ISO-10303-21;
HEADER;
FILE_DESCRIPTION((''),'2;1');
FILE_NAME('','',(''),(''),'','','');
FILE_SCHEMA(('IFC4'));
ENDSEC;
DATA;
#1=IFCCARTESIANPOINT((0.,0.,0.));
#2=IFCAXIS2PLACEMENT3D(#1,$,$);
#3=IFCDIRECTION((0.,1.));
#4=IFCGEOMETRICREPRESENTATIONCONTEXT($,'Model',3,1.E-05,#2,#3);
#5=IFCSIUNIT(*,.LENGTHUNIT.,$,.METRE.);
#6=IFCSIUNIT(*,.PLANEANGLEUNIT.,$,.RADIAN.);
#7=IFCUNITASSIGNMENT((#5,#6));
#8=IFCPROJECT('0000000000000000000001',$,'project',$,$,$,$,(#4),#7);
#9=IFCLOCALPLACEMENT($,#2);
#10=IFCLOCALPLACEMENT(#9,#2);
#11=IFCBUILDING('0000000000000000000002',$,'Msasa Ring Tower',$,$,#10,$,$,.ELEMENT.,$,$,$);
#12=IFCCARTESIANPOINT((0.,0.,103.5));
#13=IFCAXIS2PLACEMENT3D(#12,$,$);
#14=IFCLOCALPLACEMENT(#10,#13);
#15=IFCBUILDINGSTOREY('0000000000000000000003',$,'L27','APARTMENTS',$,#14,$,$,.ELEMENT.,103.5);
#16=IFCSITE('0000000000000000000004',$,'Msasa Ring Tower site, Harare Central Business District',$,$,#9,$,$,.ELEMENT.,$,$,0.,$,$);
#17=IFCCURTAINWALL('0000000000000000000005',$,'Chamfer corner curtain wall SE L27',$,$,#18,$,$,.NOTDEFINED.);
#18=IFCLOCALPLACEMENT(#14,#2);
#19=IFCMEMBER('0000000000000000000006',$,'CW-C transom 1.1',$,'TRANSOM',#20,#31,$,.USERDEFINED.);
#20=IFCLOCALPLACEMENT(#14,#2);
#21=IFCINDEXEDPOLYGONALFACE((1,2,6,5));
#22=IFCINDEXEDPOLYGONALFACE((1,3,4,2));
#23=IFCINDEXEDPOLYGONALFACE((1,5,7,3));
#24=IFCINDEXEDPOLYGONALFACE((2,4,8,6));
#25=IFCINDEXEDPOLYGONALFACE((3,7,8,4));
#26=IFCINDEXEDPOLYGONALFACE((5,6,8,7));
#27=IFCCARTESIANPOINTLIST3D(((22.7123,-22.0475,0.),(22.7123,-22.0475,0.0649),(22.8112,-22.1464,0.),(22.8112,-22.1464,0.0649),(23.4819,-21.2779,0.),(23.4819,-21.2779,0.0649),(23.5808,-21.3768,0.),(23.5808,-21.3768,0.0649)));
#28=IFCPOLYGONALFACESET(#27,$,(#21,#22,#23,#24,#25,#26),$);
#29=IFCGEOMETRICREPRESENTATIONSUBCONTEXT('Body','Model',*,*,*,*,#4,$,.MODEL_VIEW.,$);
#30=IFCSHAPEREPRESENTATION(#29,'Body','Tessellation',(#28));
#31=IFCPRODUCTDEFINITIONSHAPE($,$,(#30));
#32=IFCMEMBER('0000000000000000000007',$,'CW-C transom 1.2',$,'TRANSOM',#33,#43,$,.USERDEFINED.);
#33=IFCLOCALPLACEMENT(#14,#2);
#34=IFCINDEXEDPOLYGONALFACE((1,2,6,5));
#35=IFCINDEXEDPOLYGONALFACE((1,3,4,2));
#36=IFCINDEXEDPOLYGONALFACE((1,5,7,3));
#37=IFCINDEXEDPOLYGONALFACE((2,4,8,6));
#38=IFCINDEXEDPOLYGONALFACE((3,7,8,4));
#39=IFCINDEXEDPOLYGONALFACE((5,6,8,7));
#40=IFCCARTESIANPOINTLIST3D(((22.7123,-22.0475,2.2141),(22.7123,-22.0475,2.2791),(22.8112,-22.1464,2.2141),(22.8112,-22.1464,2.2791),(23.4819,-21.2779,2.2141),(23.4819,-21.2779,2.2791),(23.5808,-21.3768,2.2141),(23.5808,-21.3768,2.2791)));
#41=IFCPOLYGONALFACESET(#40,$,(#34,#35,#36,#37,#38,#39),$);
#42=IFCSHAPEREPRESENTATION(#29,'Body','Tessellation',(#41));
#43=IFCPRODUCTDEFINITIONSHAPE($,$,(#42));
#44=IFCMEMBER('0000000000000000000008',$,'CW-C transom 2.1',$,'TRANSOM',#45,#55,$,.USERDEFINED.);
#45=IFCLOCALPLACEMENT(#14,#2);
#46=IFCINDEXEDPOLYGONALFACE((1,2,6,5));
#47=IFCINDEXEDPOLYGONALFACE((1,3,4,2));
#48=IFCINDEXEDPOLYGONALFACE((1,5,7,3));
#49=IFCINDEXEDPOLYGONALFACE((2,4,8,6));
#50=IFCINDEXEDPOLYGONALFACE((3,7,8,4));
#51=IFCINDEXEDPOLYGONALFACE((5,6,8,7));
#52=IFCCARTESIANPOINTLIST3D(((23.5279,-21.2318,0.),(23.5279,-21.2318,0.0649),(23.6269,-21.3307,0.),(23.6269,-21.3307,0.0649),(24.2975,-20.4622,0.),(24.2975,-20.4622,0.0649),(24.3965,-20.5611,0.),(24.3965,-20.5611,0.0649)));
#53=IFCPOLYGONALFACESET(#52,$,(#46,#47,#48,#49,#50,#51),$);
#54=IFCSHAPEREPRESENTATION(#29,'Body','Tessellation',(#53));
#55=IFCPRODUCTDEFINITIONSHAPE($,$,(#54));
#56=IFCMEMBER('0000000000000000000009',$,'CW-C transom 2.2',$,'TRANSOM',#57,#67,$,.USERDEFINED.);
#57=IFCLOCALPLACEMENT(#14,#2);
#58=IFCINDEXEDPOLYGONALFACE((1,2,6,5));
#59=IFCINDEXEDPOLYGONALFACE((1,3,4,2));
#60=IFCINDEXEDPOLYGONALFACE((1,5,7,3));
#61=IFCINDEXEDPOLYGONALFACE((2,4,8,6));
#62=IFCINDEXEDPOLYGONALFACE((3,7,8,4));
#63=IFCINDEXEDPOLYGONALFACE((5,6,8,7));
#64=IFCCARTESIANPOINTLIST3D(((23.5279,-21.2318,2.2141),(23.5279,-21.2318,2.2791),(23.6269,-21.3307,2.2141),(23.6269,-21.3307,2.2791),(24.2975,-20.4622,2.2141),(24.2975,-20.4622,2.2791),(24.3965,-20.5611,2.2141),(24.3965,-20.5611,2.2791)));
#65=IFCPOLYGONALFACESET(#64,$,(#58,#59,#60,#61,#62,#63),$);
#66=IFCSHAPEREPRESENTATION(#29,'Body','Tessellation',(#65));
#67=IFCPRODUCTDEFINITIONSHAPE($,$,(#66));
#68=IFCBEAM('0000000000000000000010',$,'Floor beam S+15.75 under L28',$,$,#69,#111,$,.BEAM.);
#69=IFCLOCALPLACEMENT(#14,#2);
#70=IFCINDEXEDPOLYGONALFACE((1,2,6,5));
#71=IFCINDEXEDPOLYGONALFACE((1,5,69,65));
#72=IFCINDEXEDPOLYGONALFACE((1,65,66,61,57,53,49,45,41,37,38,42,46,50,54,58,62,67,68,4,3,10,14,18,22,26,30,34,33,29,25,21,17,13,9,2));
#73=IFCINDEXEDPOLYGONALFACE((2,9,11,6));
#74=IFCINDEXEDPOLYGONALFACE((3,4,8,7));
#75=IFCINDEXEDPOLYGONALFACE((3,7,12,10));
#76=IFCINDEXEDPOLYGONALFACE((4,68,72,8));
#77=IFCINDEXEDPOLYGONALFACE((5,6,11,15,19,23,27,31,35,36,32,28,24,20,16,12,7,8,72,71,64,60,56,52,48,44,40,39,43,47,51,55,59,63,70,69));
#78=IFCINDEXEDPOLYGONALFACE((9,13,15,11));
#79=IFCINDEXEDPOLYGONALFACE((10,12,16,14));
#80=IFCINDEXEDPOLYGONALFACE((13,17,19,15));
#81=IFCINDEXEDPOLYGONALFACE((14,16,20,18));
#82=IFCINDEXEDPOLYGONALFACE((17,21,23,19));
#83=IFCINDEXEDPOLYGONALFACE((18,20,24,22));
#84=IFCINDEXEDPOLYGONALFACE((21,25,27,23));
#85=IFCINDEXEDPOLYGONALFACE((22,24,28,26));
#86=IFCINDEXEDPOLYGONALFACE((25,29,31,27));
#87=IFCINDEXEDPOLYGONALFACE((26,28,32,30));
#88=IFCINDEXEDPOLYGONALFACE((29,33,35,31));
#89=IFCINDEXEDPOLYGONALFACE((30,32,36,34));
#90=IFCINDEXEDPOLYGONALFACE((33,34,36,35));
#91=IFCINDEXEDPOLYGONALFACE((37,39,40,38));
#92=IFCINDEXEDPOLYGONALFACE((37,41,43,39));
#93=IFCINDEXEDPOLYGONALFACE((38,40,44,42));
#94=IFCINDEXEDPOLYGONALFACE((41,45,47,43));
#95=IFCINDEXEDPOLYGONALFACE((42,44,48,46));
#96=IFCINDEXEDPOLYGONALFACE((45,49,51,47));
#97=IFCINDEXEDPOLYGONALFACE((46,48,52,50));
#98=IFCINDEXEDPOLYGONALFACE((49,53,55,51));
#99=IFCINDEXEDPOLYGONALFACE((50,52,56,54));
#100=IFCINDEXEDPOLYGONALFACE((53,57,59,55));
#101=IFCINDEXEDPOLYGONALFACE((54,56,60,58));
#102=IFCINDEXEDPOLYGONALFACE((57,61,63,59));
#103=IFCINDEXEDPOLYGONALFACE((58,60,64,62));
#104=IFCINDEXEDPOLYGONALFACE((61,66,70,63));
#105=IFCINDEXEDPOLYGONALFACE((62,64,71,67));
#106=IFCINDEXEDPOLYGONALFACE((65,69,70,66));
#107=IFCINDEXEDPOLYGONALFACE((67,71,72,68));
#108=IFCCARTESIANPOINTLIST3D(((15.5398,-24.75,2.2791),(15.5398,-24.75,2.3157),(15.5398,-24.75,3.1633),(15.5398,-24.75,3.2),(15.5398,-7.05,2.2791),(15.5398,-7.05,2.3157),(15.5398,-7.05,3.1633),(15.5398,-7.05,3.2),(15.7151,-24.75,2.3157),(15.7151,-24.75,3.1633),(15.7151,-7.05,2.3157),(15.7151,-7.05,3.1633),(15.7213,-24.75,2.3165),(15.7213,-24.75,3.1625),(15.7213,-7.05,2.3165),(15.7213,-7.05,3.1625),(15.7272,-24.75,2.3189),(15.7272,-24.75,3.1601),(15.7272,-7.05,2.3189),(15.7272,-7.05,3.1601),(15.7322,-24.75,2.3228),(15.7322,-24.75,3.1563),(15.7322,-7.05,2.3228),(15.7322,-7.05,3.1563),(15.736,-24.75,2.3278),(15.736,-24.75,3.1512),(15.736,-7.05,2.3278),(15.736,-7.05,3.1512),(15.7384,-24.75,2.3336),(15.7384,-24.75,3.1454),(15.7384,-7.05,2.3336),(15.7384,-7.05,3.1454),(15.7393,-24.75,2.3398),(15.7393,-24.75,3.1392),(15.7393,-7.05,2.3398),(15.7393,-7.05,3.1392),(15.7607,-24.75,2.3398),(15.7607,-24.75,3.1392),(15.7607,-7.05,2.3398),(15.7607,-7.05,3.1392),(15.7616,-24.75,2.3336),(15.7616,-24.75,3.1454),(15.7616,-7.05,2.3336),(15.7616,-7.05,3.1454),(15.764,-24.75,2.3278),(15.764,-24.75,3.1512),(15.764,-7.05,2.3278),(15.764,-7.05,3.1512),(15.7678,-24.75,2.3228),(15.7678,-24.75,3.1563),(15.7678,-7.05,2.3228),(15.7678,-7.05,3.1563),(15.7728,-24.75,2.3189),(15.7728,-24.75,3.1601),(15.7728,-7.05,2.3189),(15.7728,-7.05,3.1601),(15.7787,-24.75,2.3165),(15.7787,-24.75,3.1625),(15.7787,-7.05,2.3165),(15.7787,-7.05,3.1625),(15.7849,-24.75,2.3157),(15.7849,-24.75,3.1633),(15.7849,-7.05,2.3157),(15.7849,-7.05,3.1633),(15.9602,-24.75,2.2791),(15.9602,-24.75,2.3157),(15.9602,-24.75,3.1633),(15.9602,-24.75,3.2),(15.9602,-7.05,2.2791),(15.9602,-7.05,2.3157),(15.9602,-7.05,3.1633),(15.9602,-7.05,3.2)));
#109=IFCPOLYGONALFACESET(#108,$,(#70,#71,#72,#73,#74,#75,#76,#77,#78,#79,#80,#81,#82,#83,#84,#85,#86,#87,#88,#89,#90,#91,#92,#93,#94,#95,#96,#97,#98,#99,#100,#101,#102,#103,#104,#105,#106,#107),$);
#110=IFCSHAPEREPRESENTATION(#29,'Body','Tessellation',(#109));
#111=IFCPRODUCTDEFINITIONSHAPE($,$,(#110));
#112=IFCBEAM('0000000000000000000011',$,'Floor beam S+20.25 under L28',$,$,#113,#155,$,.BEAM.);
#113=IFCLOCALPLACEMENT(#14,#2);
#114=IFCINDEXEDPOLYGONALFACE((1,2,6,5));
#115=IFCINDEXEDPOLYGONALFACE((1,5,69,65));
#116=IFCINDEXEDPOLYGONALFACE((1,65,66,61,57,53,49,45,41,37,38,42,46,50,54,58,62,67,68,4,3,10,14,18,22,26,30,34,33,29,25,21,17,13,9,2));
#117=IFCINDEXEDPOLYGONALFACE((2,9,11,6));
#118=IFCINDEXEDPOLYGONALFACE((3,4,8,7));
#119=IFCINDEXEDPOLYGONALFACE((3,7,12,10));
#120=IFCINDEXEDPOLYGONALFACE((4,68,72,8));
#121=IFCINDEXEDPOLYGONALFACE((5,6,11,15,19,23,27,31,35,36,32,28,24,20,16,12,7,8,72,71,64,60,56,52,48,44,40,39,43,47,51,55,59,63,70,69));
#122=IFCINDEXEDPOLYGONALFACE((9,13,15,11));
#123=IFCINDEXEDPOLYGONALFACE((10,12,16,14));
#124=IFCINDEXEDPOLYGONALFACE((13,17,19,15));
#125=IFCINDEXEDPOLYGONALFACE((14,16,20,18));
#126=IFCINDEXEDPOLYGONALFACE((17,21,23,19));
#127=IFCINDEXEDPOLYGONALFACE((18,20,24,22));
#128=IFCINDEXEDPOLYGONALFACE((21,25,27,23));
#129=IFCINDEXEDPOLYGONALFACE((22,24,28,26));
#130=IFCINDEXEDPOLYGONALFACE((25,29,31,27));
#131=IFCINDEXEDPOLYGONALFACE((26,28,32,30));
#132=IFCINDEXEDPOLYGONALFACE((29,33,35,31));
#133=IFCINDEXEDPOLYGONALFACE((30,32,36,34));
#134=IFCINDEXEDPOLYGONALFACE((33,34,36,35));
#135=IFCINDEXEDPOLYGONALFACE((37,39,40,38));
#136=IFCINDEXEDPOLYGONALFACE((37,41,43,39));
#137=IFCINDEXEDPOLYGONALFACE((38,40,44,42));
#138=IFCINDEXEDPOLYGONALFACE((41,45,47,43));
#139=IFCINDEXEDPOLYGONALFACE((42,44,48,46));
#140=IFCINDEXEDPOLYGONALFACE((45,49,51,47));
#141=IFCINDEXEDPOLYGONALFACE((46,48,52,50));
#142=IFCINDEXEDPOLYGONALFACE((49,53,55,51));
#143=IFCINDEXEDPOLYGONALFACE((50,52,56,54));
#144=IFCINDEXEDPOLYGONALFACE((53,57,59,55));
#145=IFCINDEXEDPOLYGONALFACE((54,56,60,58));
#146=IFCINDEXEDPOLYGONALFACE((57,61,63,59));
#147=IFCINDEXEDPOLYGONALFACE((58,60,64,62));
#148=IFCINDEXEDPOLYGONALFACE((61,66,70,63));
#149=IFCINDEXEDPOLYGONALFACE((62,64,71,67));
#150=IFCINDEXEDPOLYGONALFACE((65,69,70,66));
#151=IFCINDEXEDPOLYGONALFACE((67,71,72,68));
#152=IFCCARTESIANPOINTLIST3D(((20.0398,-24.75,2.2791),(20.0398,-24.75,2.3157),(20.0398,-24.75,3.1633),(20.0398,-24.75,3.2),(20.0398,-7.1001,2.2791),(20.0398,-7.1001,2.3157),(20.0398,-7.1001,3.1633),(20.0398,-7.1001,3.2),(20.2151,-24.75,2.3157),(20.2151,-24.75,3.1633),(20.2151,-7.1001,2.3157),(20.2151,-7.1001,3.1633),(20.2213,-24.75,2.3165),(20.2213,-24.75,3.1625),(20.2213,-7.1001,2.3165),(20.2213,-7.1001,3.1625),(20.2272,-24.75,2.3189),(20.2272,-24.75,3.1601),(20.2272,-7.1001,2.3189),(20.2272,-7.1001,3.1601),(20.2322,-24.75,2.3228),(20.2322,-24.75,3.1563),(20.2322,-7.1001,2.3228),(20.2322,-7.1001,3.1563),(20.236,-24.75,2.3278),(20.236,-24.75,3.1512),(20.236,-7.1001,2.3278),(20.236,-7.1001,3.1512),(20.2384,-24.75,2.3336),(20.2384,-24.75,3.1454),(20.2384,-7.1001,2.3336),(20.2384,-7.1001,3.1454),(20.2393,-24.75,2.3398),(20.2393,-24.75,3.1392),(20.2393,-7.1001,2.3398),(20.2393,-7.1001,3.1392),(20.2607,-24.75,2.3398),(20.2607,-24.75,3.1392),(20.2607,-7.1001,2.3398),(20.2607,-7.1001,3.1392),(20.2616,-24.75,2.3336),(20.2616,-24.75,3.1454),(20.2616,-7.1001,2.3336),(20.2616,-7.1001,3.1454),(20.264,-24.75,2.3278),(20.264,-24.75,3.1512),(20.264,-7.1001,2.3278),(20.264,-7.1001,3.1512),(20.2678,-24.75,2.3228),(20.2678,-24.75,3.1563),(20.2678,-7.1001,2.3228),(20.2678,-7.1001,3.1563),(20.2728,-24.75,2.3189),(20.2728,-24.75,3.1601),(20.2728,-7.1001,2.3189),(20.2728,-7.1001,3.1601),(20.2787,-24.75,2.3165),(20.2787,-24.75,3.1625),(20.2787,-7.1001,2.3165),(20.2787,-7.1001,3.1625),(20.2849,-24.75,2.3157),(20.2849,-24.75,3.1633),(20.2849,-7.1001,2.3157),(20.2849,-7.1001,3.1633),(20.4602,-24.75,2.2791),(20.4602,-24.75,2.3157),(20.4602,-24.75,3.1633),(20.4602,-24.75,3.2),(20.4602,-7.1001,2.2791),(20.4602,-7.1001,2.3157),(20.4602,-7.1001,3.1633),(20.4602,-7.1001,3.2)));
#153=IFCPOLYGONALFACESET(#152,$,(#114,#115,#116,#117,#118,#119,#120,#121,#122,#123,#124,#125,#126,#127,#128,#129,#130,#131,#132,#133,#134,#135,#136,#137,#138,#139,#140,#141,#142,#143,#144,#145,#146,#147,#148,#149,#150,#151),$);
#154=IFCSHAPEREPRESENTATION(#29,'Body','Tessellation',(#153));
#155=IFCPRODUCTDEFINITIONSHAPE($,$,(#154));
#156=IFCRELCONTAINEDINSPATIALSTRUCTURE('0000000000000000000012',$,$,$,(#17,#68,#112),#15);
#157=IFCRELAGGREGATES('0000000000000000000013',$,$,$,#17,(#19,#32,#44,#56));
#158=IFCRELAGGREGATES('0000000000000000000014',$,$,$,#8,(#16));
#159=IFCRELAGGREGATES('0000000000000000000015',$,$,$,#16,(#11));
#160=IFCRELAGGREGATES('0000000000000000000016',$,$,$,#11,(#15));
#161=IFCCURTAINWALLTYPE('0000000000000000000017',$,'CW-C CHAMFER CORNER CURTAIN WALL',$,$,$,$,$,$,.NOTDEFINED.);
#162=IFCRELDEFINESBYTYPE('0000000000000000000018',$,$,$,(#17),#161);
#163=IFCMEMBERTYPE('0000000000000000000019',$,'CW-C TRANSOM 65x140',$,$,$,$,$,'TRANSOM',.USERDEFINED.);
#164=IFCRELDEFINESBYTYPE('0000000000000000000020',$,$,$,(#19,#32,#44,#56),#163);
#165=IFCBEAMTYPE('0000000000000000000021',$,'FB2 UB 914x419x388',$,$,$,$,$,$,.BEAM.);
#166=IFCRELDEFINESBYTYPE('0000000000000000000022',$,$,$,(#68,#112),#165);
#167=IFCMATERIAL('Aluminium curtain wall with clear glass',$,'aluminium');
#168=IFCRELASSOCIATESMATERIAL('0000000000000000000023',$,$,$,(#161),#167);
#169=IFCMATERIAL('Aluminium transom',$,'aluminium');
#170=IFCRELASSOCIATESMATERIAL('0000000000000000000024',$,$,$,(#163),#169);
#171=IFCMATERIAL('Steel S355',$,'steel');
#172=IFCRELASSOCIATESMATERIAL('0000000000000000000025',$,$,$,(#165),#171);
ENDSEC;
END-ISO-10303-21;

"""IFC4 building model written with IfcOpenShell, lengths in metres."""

from ifc_helpers import new_model, si_unit, direction, frame, origin, origin_2d, place, context, subcontext, project, spatial, rectangle, i_section, extrude, material, material_profile, profile_set, type_object, element, aggregate, save


model = new_model("IFC4")

# Units and contexts
model_context = context("Model", 3, precision=1e-05, world=origin(), true_north=direction((0.0, 1.0)))
body_context = subcontext(model_context, "Body", "Model", "MODEL_VIEW")
ifc_project = project(units=[si_unit("LENGTHUNIT", "METRE"), si_unit("PLANEANGLEUNIT", "RADIAN")], contexts=[model_context])

# Site, building, storey
site_placement = place(None, origin())
site = spatial("IfcSite", under=ifc_project, at=site_placement, Name="Msasa Ring Tower site, Harare Central Business District", CompositionType="ELEMENT", RefElevation=0.0)
building_placement = place(site_placement, origin())
building = spatial("IfcBuilding", under=site, at=building_placement, Name="Msasa Ring Tower", CompositionType="ELEMENT")
storey_placement = place(building_placement, frame((0.0, 0.0, 103.5)))
storey = spatial("IfcBuildingStorey", under=building, at=storey_placement, Name="L27", Description="APARTMENTS", CompositionType="ELEMENT", Elevation=103.5)

# Curtain wall
ifc_material_1 = material(Name="Aluminium curtain wall with clear glass", Category="aluminium")
curtain_wall_type = type_object("IfcCurtainWallType", Name="CW-C CHAMFER CORNER CURTAIN WALL", PredefinedType="NOTDEFINED", material=ifc_material_1)
curtain_wall_1_placement = place(storey_placement, origin())
curtain_wall_1 = element("IfcCurtainWall", 1, at=curtain_wall_1_placement, inside=storey, type_object=curtain_wall_type, Name="Chamfer corner curtain wall SE L27", PredefinedType="NOTDEFINED")

# Members
ifc_material_2 = material(Name="Aluminium transom", Category="aluminium")
ifc_material_profile_1 = material_profile(ifc_material_2, rectangle(XDim=0.1399, YDim=0.0649, at=origin_2d()), Name="AL 65x140")
ifc_profile_set_1 = profile_set([ifc_material_profile_1], Name="Aluminium transom")
member_type_1 = type_object("IfcMemberType", Name="CW-C TRANSOM 65x140", ElementType="TRANSOM", PredefinedType="USERDEFINED", material=ifc_profile_set_1)
member_1_placement = place(storey_placement, frame((22.7617, -22.0969, 0.0325), z_axis=(0.707107, 0.707107, 0.0), x_axis=(-0.707107, 0.707107, 0.0)))
member_1 = element("IfcMember", 2, at=member_1_placement, type_object=member_type_1, Name="CW-C transom 1.1", ObjectType="TRANSOM", PredefinedType="USERDEFINED", context=body_context, shape_type="SweptSolid", body=[
    extrude(rectangle(XDim=0.1399, YDim=0.0649, at=origin_2d()), origin(), (0.0, 0.0, 1.0), 1.0884),
])
member_2_placement = place(storey_placement, frame((22.7617, -22.0969, 2.2466), z_axis=(0.707107, 0.707107, 0.0), x_axis=(-0.707107, 0.707107, 0.0)))
member_2 = element("IfcMember", 3, at=member_2_placement, type_object=member_type_1, Name="CW-C transom 1.2", ObjectType="TRANSOM", PredefinedType="USERDEFINED", context=body_context, shape_type="SweptSolid", body=[
    extrude(rectangle(XDim=0.1399, YDim=0.0649, at=origin_2d()), origin(), (0.0, 0.0, 1.0), 1.0884),
])
member_3_placement = place(storey_placement, frame((23.5774, -21.2812, 0.0325), z_axis=(0.707107, 0.707107, 0.0), x_axis=(-0.707107, 0.707107, 0.0)))
member_3 = element("IfcMember", 4, at=member_3_placement, type_object=member_type_1, Name="CW-C transom 2.1", ObjectType="TRANSOM", PredefinedType="USERDEFINED", context=body_context, shape_type="SweptSolid", body=[
    extrude(rectangle(XDim=0.1399, YDim=0.0649, at=origin_2d()), origin(), (0.0, 0.0, 1.0), 1.0884),
])
member_4_placement = place(storey_placement, frame((23.5774, -21.2812, 2.2466), z_axis=(0.707107, 0.707107, 0.0), x_axis=(-0.707107, 0.707107, 0.0)))
member_4 = element("IfcMember", 5, at=member_4_placement, type_object=member_type_1, Name="CW-C transom 2.2", ObjectType="TRANSOM", PredefinedType="USERDEFINED", context=body_context, shape_type="SweptSolid", body=[
    extrude(rectangle(XDim=0.1399, YDim=0.0649, at=origin_2d()), origin(), (0.0, 0.0, 1.0), 1.0884),
])

# Beams
ifc_material_3 = material(Name="Steel S355", Category="steel")
ifc_material_profile_2 = material_profile(ifc_material_3, i_section(OverallWidth=0.4204, OverallDepth=0.9209, WebThickness=0.0215, FlangeThickness=0.0366, FilletRadius=0.0242, at=origin_2d()), Name="UB 914x419x388")
ifc_profile_set_2 = profile_set([ifc_material_profile_2], Name="Steel S355")
beam_type_1 = type_object("IfcBeamType", Name="FB2 UB 914x419x388", PredefinedType="BEAM", material=ifc_profile_set_2)
beam_1_placement = place(storey_placement, frame((15.75, -24.75, 2.7395), z_axis=(0.0, 1.0, 0.0), x_axis=(-1.0, 0.0, 0.0)))
element("IfcBeam", 6, at=beam_1_placement, inside=storey, type_object=beam_type_1, Name="Floor beam S+15.75 under L28", PredefinedType="BEAM", context=body_context, shape_type="SweptSolid", body=[
    extrude(i_section(OverallWidth=0.4204, OverallDepth=0.9209, WebThickness=0.0215, FlangeThickness=0.0366, FilletRadius=0.0242, at=origin_2d()), origin(), (0.0, 0.0, 1.0), 17.7),
])
beam_2_placement = place(storey_placement, frame((20.25, -24.75, 2.7395), z_axis=(0.0, 1.0, 0.0), x_axis=(-1.0, 0.0, 0.0)))
element("IfcBeam", 7, at=beam_2_placement, inside=storey, type_object=beam_type_1, Name="Floor beam S+20.25 under L28", PredefinedType="BEAM", context=body_context, shape_type="SweptSolid", body=[
    extrude(i_section(OverallWidth=0.4204, OverallDepth=0.9209, WebThickness=0.0215, FlangeThickness=0.0366, FilletRadius=0.0242, at=origin_2d()), origin(), (0.0, 0.0, 1.0), 17.6499),
])

aggregate(curtain_wall_1, [member_1, member_2, member_3, member_4])

save(model, "model.ifc")
